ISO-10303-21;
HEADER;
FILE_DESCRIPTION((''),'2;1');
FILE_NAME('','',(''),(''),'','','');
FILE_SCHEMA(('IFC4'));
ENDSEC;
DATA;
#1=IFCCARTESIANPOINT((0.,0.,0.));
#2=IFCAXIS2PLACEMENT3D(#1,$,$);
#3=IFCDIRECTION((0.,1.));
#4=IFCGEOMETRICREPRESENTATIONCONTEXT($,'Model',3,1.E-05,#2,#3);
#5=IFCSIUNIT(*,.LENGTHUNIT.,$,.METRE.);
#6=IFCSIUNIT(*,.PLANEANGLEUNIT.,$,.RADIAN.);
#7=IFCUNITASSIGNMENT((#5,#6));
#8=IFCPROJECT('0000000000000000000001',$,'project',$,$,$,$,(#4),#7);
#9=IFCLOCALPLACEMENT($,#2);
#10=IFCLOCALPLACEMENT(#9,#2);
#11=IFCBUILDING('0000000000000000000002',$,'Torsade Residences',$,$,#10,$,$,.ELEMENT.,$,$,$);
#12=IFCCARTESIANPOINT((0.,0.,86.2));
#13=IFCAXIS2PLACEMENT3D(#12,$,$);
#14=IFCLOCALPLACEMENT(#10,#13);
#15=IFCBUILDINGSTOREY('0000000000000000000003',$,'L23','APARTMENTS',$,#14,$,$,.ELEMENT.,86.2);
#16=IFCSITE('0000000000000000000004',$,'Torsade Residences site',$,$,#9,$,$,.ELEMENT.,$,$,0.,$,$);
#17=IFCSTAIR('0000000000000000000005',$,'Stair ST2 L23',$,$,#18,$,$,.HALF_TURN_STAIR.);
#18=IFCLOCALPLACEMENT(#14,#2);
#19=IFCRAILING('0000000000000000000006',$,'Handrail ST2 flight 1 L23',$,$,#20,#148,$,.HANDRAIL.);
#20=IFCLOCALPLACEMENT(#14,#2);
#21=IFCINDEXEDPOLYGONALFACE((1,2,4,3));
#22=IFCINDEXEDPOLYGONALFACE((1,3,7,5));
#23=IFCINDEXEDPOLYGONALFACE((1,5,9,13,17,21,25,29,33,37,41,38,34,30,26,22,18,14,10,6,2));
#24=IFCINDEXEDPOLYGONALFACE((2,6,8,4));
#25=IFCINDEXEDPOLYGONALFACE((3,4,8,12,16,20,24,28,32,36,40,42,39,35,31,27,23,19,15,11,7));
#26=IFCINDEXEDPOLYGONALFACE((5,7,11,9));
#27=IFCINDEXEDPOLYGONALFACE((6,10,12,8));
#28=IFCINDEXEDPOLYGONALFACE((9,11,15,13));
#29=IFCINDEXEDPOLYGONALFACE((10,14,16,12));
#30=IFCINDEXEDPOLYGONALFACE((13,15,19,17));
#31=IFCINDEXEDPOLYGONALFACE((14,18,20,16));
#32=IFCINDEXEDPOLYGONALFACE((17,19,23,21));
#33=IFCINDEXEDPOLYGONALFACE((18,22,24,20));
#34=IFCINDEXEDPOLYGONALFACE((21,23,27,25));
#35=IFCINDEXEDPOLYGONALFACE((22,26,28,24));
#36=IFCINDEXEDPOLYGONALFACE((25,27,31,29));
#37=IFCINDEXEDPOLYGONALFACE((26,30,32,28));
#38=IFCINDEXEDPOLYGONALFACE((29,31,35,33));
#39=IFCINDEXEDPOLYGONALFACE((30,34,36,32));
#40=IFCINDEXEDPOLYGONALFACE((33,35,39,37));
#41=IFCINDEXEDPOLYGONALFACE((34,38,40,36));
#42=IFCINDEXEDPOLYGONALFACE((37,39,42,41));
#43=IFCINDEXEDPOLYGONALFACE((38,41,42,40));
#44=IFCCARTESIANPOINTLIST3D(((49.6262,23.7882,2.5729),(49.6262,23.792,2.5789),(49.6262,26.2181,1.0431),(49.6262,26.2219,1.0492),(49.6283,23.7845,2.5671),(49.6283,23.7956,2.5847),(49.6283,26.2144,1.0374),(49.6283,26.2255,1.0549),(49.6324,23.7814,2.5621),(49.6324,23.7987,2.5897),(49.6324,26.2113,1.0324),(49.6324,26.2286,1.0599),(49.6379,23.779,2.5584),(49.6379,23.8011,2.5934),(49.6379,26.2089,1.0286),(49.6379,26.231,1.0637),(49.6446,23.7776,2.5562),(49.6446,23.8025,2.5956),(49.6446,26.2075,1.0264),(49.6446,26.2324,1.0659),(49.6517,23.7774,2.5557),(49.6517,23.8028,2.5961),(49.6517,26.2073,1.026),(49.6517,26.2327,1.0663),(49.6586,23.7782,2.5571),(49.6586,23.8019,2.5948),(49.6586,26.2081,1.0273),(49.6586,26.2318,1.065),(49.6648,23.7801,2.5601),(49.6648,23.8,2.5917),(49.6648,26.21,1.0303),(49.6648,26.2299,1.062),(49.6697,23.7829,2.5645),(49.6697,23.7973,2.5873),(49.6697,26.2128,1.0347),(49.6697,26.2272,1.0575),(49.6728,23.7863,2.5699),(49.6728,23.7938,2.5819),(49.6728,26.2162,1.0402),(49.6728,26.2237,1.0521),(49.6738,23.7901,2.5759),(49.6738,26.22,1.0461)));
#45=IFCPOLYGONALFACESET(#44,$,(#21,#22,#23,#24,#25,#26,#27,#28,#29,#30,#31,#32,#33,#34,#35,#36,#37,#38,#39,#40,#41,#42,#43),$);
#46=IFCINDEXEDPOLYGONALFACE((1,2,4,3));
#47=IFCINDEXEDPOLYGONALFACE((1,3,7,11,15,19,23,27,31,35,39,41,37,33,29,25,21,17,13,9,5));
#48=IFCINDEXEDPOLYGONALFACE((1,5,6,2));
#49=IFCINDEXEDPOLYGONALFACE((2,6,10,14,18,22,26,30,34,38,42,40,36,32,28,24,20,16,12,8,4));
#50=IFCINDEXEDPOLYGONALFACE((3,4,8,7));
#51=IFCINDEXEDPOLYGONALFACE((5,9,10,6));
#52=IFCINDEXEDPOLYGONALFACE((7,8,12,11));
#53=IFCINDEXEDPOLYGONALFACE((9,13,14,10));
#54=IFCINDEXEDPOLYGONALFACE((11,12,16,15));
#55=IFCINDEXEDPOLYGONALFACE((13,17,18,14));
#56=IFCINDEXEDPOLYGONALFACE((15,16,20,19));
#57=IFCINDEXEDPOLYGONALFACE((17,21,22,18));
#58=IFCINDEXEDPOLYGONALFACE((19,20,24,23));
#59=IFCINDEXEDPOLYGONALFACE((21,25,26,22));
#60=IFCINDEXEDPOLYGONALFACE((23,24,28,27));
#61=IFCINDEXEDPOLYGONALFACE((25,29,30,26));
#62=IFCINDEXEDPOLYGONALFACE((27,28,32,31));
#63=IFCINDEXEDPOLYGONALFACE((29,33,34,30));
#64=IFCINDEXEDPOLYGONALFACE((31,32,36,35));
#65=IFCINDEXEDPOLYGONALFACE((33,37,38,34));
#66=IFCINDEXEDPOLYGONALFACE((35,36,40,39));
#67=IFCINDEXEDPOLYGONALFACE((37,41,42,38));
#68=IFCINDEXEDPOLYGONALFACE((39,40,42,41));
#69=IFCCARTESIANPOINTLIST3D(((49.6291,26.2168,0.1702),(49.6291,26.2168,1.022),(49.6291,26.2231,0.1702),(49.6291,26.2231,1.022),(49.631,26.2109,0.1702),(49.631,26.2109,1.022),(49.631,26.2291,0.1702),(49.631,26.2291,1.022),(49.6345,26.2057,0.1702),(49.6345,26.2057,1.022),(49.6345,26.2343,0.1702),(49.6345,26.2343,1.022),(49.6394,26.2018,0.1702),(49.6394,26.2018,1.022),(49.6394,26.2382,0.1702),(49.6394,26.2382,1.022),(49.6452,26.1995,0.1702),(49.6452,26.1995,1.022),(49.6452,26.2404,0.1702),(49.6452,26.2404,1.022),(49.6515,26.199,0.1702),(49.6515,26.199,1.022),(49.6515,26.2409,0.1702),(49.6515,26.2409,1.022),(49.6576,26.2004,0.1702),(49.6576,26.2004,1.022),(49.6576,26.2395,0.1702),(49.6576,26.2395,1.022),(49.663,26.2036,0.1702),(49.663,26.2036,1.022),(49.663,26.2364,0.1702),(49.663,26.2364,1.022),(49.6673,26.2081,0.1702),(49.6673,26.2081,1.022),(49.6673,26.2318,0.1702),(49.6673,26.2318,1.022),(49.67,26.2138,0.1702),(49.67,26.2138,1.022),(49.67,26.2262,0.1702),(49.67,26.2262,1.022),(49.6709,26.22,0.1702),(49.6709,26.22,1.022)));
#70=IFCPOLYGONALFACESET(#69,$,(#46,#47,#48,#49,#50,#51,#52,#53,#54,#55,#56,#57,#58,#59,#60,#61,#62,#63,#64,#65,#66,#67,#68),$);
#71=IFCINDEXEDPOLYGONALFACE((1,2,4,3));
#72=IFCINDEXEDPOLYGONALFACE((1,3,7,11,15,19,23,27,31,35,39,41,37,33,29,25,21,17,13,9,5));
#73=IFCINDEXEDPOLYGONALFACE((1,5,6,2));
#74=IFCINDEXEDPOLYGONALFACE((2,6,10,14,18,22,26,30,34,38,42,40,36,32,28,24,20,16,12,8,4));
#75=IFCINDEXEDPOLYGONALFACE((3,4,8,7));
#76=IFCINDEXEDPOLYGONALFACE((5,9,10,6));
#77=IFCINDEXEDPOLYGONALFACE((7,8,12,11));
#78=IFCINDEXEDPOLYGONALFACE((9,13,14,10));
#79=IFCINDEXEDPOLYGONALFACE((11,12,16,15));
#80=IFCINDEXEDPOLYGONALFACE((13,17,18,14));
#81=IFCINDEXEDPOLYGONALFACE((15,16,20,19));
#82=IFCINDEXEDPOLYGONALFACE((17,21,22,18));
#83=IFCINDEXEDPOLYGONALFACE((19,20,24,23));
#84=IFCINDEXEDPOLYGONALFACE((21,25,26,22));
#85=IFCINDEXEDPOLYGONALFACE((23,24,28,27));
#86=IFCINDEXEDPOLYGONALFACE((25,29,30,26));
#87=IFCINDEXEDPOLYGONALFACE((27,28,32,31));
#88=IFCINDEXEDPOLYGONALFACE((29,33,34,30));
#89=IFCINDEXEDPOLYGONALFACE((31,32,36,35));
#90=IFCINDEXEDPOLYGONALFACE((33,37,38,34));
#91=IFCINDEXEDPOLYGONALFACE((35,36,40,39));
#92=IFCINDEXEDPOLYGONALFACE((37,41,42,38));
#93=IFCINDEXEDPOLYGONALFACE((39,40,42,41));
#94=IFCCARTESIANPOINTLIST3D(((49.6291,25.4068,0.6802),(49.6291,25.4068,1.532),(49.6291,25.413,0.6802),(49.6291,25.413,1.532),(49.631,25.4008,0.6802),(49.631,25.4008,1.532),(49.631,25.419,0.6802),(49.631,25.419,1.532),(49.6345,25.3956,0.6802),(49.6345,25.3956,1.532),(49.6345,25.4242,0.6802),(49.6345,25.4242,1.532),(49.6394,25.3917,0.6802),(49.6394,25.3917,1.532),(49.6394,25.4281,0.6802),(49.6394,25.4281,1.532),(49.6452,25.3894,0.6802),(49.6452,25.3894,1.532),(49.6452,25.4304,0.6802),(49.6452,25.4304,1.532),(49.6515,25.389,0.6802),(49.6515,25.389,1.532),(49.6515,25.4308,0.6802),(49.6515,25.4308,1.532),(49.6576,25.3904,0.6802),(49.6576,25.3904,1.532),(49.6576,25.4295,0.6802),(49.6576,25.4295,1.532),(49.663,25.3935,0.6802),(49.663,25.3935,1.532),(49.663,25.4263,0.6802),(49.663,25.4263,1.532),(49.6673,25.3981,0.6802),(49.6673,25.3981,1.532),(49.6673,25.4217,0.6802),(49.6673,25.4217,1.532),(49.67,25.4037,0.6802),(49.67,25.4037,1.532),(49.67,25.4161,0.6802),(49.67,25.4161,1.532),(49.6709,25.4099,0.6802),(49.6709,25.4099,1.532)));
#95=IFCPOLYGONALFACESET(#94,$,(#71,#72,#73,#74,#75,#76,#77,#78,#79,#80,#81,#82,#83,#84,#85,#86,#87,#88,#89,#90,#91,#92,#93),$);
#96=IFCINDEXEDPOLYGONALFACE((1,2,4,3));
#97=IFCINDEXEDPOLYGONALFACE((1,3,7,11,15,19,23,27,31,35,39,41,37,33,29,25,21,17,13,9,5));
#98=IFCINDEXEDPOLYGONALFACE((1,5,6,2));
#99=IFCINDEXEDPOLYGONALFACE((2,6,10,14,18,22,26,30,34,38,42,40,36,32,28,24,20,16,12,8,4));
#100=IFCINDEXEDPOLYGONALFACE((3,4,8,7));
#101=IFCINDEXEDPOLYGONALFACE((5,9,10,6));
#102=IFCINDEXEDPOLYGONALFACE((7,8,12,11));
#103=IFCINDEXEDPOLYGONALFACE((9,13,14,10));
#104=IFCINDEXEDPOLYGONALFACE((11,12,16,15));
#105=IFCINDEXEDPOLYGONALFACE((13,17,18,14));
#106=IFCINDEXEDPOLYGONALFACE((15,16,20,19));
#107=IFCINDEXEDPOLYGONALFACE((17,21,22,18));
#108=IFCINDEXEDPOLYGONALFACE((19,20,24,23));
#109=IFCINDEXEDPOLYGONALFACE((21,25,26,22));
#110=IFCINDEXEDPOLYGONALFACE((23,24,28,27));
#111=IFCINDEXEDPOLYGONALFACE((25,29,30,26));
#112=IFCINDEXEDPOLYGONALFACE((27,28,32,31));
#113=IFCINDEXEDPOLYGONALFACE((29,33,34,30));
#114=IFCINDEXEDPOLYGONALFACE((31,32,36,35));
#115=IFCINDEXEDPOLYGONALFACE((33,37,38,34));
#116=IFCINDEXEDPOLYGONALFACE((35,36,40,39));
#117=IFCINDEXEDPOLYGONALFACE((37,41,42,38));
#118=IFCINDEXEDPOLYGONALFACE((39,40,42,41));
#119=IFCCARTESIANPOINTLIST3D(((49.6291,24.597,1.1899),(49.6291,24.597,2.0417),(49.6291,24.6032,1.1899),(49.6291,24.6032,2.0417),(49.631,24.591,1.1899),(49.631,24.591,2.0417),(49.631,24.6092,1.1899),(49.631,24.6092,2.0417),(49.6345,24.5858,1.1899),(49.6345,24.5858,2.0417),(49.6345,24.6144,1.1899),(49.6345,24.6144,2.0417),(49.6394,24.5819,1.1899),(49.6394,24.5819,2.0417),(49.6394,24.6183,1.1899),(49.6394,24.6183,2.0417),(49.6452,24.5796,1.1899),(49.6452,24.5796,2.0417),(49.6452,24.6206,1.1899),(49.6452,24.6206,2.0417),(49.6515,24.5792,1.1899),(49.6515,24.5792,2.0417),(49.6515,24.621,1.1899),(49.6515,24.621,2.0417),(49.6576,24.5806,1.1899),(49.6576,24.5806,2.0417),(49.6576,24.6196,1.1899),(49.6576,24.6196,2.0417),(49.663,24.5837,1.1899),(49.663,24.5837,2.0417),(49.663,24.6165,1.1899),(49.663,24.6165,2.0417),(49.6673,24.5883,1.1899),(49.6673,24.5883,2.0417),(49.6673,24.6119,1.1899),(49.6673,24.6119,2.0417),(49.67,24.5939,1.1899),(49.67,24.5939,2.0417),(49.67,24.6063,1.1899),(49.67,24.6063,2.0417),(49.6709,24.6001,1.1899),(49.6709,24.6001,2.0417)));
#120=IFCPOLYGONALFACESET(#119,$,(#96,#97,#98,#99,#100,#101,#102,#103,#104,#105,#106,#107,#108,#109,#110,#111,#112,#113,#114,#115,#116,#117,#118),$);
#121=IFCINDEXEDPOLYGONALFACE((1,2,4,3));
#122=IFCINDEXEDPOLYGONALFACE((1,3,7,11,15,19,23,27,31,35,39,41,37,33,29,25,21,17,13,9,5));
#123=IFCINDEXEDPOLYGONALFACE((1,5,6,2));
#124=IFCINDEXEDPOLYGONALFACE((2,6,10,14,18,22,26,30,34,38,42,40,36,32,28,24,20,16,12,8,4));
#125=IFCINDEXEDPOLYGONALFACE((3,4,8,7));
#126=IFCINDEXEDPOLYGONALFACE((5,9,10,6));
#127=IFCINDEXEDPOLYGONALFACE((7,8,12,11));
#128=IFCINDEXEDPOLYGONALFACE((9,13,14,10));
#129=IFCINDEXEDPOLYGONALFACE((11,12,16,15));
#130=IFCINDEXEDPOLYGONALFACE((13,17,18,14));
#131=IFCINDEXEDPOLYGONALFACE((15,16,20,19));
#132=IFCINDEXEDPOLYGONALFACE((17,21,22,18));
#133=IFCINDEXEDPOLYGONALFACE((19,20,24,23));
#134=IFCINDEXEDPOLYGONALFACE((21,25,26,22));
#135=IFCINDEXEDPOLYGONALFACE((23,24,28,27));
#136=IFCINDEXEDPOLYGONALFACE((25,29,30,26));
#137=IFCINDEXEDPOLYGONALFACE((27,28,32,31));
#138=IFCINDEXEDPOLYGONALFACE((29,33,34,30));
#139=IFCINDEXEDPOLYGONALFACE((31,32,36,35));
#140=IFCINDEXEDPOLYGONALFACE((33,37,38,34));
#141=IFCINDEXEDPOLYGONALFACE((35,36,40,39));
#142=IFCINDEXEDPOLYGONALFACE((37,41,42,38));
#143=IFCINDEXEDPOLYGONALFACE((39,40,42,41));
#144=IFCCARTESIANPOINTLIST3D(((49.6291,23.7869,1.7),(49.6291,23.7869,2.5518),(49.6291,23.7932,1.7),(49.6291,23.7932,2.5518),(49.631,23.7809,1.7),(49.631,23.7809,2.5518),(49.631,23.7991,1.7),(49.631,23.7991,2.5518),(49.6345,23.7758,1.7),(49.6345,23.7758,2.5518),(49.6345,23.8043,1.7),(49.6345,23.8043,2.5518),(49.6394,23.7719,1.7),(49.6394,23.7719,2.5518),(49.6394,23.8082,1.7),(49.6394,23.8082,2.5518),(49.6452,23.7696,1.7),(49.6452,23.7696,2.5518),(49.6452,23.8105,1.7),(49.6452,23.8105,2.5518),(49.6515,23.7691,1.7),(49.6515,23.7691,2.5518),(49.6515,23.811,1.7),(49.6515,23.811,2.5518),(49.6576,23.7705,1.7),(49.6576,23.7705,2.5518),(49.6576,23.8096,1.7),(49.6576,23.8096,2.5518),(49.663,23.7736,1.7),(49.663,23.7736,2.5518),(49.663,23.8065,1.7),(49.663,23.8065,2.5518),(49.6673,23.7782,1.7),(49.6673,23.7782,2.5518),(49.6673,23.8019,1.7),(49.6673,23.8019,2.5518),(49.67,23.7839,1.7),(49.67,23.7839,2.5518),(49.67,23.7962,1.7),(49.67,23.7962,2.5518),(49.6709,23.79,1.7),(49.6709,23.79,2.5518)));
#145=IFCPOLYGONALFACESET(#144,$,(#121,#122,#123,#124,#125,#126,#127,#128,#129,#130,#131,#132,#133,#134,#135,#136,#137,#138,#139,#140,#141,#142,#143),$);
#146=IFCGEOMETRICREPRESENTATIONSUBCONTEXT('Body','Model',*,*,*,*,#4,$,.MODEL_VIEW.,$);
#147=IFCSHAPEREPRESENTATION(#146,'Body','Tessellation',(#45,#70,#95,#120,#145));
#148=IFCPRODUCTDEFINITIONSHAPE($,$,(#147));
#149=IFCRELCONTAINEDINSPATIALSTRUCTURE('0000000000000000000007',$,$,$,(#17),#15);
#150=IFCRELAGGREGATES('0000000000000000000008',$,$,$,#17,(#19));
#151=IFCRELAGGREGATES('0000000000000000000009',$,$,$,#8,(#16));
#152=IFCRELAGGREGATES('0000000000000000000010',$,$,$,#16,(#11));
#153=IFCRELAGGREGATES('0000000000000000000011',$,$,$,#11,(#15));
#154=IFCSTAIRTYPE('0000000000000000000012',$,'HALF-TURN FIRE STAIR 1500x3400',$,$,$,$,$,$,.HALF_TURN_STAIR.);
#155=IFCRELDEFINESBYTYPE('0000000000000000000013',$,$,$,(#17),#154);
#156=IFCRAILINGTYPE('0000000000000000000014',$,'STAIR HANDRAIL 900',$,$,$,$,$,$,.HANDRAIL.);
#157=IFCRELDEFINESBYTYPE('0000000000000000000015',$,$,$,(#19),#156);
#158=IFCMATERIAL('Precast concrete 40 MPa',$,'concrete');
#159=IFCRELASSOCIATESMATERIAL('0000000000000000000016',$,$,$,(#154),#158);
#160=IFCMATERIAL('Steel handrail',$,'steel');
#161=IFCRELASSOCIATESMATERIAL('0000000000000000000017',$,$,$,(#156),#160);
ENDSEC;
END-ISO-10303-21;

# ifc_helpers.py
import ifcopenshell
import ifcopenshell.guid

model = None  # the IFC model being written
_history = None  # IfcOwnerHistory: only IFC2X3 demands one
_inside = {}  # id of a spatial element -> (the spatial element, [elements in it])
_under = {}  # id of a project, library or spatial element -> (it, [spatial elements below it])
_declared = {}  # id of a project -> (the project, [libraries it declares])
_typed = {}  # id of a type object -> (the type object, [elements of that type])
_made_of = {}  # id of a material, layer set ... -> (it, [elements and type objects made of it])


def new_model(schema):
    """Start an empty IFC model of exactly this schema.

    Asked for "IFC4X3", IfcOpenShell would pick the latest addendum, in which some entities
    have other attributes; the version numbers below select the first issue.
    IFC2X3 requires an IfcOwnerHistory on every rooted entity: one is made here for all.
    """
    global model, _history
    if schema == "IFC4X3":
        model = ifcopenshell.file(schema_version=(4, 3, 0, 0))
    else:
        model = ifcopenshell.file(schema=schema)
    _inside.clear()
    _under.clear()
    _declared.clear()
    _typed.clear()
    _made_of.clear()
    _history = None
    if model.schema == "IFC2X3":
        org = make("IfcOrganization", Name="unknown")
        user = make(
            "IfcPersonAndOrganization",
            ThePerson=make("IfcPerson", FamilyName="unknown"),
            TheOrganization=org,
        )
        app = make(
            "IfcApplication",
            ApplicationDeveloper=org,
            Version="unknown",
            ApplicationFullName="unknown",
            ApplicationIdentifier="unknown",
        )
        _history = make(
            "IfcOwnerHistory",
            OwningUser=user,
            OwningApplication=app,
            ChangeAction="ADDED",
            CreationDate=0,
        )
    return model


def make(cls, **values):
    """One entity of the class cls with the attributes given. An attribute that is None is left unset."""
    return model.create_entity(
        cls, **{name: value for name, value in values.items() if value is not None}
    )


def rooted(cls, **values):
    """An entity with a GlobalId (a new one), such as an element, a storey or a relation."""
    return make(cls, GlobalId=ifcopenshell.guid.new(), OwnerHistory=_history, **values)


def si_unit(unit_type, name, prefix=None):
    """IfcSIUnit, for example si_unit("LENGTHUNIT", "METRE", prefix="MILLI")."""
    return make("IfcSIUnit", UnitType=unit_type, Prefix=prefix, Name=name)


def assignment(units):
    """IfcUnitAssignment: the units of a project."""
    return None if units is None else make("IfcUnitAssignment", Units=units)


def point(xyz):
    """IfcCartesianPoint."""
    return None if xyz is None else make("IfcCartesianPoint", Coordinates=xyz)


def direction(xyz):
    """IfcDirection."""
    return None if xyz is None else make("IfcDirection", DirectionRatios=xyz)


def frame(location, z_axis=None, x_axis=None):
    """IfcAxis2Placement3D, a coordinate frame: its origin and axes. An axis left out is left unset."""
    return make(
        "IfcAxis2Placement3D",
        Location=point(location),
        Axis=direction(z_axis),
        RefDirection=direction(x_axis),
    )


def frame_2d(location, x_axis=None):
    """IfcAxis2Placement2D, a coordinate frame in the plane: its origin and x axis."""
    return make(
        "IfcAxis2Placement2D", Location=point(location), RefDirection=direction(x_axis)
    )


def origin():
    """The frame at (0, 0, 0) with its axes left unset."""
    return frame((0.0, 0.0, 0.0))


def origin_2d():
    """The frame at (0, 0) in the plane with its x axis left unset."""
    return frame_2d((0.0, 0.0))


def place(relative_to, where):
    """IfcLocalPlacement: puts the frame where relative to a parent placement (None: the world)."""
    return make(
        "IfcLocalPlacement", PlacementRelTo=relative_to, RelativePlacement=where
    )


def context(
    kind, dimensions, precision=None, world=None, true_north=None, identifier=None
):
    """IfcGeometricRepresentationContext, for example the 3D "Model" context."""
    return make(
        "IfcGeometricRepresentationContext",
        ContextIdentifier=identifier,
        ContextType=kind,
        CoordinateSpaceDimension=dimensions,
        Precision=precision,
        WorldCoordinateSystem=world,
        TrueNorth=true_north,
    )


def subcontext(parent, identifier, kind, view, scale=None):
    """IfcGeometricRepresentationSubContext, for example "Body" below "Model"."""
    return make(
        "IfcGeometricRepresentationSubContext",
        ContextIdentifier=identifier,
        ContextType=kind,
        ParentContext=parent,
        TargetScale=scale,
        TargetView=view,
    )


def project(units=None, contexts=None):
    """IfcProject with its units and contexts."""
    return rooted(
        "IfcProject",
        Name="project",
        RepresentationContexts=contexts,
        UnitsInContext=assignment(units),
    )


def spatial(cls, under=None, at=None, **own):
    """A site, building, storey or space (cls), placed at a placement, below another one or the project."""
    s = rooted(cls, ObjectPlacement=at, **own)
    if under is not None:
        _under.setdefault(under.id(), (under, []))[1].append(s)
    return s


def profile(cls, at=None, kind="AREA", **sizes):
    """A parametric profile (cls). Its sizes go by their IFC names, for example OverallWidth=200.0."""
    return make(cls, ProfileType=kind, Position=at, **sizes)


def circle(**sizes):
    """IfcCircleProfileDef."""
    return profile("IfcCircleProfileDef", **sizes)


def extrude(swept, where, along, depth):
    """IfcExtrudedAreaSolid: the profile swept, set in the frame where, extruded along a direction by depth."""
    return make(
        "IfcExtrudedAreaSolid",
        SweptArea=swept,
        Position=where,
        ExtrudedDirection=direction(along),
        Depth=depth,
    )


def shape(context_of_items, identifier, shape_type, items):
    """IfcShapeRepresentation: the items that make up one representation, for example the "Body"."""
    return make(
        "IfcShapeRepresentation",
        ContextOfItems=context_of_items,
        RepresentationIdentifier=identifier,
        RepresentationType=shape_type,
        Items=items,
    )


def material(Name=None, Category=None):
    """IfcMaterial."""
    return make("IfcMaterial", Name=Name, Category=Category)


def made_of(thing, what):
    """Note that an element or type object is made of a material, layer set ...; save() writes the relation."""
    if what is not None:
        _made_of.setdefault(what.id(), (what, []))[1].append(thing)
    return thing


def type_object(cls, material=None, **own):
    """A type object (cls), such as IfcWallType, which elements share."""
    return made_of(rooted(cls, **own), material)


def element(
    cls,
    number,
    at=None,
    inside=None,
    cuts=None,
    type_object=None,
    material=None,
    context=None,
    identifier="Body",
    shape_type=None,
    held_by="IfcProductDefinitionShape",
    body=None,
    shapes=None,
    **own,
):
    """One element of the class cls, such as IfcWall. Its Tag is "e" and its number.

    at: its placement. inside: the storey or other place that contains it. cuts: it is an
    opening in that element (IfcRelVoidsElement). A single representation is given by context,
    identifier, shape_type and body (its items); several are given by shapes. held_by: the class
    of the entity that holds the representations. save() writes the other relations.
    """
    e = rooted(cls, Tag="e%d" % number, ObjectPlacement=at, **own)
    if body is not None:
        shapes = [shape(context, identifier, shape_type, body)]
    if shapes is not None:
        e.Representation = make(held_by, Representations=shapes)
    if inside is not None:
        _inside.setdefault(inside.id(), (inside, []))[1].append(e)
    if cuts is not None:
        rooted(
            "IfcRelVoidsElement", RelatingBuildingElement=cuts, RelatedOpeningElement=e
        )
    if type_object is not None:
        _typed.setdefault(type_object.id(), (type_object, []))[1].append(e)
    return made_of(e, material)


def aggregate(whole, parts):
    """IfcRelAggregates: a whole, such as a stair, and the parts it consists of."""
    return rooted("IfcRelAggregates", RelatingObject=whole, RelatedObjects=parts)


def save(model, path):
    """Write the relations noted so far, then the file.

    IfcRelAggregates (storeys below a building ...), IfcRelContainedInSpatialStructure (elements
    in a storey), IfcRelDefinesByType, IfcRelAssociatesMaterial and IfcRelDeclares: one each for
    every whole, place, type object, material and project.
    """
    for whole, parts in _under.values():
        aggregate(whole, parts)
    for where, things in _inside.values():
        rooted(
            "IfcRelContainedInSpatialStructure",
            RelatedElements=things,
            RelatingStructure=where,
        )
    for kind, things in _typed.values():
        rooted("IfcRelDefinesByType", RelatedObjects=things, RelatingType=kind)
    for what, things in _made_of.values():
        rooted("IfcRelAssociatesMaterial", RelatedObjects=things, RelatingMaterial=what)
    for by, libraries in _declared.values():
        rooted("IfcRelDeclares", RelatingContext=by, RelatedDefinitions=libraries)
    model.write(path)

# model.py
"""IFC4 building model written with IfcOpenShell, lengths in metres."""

from ifc_helpers import new_model, si_unit, direction, frame, origin, origin_2d, place, context, subcontext, project, spatial, circle, extrude, material, type_object, element, aggregate, save


model = new_model("IFC4")

# Units and contexts
model_context = context("Model", 3, precision=1e-05, world=origin(), true_north=direction((0.0, 1.0)))
body_context = subcontext(model_context, "Body", "Model", "MODEL_VIEW")
ifc_project = project(units=[si_unit("LENGTHUNIT", "METRE"), si_unit("PLANEANGLEUNIT", "RADIAN")], contexts=[model_context])

# Site, building, storey
site_placement = place(None, origin())
site = spatial("IfcSite", under=ifc_project, at=site_placement, Name="Torsade Residences site", CompositionType="ELEMENT", RefElevation=0.0)
building_placement = place(site_placement, origin())
building = spatial("IfcBuilding", under=site, at=building_placement, Name="Torsade Residences", CompositionType="ELEMENT")
storey_placement = place(building_placement, frame((0.0, 0.0, 86.2)))
storey = spatial("IfcBuildingStorey", under=building, at=storey_placement, Name="L23", Description="APARTMENTS", CompositionType="ELEMENT", Elevation=86.2)

# Stair, railing
ifc_material_1 = material(Name="Precast concrete 40 MPa", Category="concrete")
stair_type = type_object("IfcStairType", Name="HALF-TURN FIRE STAIR 1500x3400", PredefinedType="HALF_TURN_STAIR", material=ifc_material_1)
stair_placement = place(storey_placement, origin())
stair = element("IfcStair", 1, at=stair_placement, inside=storey, type_object=stair_type, Name="Stair ST2 L23", PredefinedType="HALF_TURN_STAIR")
ifc_material_2 = material(Name="Steel handrail", Category="steel")
railing_type = type_object("IfcRailingType", Name="STAIR HANDRAIL 900", PredefinedType="HANDRAIL", material=ifc_material_2)
railing_1_placement = place(storey_placement, frame((49.6499, 26.22, 0.1702)))
railing_1 = element("IfcRailing", 2, at=railing_1_placement, type_object=railing_type, Name="Handrail ST2 flight 1 L23", PredefinedType="HANDRAIL", context=body_context, shape_type="SweptSolid", body=[
    extrude(circle(Radius=0.0239, at=origin_2d()), frame((0.0, 0.0, 0.876), z_axis=(0.0, -0.84626, 0.53277), x_axis=(1.0, 0.0, 0.0)), (0.0, 0.0, 1.0), 2.8713),
    extrude(circle(Radius=0.021, at=origin_2d()), origin(), (0.0, 0.0, 1.0), 0.8518),
    extrude(circle(Radius=0.021, at=origin_2d()), frame((0.0, -0.8101, 0.51)), (0.0, 0.0, 1.0), 0.8518),
    extrude(circle(Radius=0.021, at=origin_2d()), frame((0.0, -1.6199, 1.0198)), (0.0, 0.0, 1.0), 0.8518),
    extrude(circle(Radius=0.021, at=origin_2d()), frame((0.0, -2.4299, 1.5298)), (0.0, 0.0, 1.0), 0.8518),
])
aggregate(stair, [railing_1])

save(model, "model.ifc")
